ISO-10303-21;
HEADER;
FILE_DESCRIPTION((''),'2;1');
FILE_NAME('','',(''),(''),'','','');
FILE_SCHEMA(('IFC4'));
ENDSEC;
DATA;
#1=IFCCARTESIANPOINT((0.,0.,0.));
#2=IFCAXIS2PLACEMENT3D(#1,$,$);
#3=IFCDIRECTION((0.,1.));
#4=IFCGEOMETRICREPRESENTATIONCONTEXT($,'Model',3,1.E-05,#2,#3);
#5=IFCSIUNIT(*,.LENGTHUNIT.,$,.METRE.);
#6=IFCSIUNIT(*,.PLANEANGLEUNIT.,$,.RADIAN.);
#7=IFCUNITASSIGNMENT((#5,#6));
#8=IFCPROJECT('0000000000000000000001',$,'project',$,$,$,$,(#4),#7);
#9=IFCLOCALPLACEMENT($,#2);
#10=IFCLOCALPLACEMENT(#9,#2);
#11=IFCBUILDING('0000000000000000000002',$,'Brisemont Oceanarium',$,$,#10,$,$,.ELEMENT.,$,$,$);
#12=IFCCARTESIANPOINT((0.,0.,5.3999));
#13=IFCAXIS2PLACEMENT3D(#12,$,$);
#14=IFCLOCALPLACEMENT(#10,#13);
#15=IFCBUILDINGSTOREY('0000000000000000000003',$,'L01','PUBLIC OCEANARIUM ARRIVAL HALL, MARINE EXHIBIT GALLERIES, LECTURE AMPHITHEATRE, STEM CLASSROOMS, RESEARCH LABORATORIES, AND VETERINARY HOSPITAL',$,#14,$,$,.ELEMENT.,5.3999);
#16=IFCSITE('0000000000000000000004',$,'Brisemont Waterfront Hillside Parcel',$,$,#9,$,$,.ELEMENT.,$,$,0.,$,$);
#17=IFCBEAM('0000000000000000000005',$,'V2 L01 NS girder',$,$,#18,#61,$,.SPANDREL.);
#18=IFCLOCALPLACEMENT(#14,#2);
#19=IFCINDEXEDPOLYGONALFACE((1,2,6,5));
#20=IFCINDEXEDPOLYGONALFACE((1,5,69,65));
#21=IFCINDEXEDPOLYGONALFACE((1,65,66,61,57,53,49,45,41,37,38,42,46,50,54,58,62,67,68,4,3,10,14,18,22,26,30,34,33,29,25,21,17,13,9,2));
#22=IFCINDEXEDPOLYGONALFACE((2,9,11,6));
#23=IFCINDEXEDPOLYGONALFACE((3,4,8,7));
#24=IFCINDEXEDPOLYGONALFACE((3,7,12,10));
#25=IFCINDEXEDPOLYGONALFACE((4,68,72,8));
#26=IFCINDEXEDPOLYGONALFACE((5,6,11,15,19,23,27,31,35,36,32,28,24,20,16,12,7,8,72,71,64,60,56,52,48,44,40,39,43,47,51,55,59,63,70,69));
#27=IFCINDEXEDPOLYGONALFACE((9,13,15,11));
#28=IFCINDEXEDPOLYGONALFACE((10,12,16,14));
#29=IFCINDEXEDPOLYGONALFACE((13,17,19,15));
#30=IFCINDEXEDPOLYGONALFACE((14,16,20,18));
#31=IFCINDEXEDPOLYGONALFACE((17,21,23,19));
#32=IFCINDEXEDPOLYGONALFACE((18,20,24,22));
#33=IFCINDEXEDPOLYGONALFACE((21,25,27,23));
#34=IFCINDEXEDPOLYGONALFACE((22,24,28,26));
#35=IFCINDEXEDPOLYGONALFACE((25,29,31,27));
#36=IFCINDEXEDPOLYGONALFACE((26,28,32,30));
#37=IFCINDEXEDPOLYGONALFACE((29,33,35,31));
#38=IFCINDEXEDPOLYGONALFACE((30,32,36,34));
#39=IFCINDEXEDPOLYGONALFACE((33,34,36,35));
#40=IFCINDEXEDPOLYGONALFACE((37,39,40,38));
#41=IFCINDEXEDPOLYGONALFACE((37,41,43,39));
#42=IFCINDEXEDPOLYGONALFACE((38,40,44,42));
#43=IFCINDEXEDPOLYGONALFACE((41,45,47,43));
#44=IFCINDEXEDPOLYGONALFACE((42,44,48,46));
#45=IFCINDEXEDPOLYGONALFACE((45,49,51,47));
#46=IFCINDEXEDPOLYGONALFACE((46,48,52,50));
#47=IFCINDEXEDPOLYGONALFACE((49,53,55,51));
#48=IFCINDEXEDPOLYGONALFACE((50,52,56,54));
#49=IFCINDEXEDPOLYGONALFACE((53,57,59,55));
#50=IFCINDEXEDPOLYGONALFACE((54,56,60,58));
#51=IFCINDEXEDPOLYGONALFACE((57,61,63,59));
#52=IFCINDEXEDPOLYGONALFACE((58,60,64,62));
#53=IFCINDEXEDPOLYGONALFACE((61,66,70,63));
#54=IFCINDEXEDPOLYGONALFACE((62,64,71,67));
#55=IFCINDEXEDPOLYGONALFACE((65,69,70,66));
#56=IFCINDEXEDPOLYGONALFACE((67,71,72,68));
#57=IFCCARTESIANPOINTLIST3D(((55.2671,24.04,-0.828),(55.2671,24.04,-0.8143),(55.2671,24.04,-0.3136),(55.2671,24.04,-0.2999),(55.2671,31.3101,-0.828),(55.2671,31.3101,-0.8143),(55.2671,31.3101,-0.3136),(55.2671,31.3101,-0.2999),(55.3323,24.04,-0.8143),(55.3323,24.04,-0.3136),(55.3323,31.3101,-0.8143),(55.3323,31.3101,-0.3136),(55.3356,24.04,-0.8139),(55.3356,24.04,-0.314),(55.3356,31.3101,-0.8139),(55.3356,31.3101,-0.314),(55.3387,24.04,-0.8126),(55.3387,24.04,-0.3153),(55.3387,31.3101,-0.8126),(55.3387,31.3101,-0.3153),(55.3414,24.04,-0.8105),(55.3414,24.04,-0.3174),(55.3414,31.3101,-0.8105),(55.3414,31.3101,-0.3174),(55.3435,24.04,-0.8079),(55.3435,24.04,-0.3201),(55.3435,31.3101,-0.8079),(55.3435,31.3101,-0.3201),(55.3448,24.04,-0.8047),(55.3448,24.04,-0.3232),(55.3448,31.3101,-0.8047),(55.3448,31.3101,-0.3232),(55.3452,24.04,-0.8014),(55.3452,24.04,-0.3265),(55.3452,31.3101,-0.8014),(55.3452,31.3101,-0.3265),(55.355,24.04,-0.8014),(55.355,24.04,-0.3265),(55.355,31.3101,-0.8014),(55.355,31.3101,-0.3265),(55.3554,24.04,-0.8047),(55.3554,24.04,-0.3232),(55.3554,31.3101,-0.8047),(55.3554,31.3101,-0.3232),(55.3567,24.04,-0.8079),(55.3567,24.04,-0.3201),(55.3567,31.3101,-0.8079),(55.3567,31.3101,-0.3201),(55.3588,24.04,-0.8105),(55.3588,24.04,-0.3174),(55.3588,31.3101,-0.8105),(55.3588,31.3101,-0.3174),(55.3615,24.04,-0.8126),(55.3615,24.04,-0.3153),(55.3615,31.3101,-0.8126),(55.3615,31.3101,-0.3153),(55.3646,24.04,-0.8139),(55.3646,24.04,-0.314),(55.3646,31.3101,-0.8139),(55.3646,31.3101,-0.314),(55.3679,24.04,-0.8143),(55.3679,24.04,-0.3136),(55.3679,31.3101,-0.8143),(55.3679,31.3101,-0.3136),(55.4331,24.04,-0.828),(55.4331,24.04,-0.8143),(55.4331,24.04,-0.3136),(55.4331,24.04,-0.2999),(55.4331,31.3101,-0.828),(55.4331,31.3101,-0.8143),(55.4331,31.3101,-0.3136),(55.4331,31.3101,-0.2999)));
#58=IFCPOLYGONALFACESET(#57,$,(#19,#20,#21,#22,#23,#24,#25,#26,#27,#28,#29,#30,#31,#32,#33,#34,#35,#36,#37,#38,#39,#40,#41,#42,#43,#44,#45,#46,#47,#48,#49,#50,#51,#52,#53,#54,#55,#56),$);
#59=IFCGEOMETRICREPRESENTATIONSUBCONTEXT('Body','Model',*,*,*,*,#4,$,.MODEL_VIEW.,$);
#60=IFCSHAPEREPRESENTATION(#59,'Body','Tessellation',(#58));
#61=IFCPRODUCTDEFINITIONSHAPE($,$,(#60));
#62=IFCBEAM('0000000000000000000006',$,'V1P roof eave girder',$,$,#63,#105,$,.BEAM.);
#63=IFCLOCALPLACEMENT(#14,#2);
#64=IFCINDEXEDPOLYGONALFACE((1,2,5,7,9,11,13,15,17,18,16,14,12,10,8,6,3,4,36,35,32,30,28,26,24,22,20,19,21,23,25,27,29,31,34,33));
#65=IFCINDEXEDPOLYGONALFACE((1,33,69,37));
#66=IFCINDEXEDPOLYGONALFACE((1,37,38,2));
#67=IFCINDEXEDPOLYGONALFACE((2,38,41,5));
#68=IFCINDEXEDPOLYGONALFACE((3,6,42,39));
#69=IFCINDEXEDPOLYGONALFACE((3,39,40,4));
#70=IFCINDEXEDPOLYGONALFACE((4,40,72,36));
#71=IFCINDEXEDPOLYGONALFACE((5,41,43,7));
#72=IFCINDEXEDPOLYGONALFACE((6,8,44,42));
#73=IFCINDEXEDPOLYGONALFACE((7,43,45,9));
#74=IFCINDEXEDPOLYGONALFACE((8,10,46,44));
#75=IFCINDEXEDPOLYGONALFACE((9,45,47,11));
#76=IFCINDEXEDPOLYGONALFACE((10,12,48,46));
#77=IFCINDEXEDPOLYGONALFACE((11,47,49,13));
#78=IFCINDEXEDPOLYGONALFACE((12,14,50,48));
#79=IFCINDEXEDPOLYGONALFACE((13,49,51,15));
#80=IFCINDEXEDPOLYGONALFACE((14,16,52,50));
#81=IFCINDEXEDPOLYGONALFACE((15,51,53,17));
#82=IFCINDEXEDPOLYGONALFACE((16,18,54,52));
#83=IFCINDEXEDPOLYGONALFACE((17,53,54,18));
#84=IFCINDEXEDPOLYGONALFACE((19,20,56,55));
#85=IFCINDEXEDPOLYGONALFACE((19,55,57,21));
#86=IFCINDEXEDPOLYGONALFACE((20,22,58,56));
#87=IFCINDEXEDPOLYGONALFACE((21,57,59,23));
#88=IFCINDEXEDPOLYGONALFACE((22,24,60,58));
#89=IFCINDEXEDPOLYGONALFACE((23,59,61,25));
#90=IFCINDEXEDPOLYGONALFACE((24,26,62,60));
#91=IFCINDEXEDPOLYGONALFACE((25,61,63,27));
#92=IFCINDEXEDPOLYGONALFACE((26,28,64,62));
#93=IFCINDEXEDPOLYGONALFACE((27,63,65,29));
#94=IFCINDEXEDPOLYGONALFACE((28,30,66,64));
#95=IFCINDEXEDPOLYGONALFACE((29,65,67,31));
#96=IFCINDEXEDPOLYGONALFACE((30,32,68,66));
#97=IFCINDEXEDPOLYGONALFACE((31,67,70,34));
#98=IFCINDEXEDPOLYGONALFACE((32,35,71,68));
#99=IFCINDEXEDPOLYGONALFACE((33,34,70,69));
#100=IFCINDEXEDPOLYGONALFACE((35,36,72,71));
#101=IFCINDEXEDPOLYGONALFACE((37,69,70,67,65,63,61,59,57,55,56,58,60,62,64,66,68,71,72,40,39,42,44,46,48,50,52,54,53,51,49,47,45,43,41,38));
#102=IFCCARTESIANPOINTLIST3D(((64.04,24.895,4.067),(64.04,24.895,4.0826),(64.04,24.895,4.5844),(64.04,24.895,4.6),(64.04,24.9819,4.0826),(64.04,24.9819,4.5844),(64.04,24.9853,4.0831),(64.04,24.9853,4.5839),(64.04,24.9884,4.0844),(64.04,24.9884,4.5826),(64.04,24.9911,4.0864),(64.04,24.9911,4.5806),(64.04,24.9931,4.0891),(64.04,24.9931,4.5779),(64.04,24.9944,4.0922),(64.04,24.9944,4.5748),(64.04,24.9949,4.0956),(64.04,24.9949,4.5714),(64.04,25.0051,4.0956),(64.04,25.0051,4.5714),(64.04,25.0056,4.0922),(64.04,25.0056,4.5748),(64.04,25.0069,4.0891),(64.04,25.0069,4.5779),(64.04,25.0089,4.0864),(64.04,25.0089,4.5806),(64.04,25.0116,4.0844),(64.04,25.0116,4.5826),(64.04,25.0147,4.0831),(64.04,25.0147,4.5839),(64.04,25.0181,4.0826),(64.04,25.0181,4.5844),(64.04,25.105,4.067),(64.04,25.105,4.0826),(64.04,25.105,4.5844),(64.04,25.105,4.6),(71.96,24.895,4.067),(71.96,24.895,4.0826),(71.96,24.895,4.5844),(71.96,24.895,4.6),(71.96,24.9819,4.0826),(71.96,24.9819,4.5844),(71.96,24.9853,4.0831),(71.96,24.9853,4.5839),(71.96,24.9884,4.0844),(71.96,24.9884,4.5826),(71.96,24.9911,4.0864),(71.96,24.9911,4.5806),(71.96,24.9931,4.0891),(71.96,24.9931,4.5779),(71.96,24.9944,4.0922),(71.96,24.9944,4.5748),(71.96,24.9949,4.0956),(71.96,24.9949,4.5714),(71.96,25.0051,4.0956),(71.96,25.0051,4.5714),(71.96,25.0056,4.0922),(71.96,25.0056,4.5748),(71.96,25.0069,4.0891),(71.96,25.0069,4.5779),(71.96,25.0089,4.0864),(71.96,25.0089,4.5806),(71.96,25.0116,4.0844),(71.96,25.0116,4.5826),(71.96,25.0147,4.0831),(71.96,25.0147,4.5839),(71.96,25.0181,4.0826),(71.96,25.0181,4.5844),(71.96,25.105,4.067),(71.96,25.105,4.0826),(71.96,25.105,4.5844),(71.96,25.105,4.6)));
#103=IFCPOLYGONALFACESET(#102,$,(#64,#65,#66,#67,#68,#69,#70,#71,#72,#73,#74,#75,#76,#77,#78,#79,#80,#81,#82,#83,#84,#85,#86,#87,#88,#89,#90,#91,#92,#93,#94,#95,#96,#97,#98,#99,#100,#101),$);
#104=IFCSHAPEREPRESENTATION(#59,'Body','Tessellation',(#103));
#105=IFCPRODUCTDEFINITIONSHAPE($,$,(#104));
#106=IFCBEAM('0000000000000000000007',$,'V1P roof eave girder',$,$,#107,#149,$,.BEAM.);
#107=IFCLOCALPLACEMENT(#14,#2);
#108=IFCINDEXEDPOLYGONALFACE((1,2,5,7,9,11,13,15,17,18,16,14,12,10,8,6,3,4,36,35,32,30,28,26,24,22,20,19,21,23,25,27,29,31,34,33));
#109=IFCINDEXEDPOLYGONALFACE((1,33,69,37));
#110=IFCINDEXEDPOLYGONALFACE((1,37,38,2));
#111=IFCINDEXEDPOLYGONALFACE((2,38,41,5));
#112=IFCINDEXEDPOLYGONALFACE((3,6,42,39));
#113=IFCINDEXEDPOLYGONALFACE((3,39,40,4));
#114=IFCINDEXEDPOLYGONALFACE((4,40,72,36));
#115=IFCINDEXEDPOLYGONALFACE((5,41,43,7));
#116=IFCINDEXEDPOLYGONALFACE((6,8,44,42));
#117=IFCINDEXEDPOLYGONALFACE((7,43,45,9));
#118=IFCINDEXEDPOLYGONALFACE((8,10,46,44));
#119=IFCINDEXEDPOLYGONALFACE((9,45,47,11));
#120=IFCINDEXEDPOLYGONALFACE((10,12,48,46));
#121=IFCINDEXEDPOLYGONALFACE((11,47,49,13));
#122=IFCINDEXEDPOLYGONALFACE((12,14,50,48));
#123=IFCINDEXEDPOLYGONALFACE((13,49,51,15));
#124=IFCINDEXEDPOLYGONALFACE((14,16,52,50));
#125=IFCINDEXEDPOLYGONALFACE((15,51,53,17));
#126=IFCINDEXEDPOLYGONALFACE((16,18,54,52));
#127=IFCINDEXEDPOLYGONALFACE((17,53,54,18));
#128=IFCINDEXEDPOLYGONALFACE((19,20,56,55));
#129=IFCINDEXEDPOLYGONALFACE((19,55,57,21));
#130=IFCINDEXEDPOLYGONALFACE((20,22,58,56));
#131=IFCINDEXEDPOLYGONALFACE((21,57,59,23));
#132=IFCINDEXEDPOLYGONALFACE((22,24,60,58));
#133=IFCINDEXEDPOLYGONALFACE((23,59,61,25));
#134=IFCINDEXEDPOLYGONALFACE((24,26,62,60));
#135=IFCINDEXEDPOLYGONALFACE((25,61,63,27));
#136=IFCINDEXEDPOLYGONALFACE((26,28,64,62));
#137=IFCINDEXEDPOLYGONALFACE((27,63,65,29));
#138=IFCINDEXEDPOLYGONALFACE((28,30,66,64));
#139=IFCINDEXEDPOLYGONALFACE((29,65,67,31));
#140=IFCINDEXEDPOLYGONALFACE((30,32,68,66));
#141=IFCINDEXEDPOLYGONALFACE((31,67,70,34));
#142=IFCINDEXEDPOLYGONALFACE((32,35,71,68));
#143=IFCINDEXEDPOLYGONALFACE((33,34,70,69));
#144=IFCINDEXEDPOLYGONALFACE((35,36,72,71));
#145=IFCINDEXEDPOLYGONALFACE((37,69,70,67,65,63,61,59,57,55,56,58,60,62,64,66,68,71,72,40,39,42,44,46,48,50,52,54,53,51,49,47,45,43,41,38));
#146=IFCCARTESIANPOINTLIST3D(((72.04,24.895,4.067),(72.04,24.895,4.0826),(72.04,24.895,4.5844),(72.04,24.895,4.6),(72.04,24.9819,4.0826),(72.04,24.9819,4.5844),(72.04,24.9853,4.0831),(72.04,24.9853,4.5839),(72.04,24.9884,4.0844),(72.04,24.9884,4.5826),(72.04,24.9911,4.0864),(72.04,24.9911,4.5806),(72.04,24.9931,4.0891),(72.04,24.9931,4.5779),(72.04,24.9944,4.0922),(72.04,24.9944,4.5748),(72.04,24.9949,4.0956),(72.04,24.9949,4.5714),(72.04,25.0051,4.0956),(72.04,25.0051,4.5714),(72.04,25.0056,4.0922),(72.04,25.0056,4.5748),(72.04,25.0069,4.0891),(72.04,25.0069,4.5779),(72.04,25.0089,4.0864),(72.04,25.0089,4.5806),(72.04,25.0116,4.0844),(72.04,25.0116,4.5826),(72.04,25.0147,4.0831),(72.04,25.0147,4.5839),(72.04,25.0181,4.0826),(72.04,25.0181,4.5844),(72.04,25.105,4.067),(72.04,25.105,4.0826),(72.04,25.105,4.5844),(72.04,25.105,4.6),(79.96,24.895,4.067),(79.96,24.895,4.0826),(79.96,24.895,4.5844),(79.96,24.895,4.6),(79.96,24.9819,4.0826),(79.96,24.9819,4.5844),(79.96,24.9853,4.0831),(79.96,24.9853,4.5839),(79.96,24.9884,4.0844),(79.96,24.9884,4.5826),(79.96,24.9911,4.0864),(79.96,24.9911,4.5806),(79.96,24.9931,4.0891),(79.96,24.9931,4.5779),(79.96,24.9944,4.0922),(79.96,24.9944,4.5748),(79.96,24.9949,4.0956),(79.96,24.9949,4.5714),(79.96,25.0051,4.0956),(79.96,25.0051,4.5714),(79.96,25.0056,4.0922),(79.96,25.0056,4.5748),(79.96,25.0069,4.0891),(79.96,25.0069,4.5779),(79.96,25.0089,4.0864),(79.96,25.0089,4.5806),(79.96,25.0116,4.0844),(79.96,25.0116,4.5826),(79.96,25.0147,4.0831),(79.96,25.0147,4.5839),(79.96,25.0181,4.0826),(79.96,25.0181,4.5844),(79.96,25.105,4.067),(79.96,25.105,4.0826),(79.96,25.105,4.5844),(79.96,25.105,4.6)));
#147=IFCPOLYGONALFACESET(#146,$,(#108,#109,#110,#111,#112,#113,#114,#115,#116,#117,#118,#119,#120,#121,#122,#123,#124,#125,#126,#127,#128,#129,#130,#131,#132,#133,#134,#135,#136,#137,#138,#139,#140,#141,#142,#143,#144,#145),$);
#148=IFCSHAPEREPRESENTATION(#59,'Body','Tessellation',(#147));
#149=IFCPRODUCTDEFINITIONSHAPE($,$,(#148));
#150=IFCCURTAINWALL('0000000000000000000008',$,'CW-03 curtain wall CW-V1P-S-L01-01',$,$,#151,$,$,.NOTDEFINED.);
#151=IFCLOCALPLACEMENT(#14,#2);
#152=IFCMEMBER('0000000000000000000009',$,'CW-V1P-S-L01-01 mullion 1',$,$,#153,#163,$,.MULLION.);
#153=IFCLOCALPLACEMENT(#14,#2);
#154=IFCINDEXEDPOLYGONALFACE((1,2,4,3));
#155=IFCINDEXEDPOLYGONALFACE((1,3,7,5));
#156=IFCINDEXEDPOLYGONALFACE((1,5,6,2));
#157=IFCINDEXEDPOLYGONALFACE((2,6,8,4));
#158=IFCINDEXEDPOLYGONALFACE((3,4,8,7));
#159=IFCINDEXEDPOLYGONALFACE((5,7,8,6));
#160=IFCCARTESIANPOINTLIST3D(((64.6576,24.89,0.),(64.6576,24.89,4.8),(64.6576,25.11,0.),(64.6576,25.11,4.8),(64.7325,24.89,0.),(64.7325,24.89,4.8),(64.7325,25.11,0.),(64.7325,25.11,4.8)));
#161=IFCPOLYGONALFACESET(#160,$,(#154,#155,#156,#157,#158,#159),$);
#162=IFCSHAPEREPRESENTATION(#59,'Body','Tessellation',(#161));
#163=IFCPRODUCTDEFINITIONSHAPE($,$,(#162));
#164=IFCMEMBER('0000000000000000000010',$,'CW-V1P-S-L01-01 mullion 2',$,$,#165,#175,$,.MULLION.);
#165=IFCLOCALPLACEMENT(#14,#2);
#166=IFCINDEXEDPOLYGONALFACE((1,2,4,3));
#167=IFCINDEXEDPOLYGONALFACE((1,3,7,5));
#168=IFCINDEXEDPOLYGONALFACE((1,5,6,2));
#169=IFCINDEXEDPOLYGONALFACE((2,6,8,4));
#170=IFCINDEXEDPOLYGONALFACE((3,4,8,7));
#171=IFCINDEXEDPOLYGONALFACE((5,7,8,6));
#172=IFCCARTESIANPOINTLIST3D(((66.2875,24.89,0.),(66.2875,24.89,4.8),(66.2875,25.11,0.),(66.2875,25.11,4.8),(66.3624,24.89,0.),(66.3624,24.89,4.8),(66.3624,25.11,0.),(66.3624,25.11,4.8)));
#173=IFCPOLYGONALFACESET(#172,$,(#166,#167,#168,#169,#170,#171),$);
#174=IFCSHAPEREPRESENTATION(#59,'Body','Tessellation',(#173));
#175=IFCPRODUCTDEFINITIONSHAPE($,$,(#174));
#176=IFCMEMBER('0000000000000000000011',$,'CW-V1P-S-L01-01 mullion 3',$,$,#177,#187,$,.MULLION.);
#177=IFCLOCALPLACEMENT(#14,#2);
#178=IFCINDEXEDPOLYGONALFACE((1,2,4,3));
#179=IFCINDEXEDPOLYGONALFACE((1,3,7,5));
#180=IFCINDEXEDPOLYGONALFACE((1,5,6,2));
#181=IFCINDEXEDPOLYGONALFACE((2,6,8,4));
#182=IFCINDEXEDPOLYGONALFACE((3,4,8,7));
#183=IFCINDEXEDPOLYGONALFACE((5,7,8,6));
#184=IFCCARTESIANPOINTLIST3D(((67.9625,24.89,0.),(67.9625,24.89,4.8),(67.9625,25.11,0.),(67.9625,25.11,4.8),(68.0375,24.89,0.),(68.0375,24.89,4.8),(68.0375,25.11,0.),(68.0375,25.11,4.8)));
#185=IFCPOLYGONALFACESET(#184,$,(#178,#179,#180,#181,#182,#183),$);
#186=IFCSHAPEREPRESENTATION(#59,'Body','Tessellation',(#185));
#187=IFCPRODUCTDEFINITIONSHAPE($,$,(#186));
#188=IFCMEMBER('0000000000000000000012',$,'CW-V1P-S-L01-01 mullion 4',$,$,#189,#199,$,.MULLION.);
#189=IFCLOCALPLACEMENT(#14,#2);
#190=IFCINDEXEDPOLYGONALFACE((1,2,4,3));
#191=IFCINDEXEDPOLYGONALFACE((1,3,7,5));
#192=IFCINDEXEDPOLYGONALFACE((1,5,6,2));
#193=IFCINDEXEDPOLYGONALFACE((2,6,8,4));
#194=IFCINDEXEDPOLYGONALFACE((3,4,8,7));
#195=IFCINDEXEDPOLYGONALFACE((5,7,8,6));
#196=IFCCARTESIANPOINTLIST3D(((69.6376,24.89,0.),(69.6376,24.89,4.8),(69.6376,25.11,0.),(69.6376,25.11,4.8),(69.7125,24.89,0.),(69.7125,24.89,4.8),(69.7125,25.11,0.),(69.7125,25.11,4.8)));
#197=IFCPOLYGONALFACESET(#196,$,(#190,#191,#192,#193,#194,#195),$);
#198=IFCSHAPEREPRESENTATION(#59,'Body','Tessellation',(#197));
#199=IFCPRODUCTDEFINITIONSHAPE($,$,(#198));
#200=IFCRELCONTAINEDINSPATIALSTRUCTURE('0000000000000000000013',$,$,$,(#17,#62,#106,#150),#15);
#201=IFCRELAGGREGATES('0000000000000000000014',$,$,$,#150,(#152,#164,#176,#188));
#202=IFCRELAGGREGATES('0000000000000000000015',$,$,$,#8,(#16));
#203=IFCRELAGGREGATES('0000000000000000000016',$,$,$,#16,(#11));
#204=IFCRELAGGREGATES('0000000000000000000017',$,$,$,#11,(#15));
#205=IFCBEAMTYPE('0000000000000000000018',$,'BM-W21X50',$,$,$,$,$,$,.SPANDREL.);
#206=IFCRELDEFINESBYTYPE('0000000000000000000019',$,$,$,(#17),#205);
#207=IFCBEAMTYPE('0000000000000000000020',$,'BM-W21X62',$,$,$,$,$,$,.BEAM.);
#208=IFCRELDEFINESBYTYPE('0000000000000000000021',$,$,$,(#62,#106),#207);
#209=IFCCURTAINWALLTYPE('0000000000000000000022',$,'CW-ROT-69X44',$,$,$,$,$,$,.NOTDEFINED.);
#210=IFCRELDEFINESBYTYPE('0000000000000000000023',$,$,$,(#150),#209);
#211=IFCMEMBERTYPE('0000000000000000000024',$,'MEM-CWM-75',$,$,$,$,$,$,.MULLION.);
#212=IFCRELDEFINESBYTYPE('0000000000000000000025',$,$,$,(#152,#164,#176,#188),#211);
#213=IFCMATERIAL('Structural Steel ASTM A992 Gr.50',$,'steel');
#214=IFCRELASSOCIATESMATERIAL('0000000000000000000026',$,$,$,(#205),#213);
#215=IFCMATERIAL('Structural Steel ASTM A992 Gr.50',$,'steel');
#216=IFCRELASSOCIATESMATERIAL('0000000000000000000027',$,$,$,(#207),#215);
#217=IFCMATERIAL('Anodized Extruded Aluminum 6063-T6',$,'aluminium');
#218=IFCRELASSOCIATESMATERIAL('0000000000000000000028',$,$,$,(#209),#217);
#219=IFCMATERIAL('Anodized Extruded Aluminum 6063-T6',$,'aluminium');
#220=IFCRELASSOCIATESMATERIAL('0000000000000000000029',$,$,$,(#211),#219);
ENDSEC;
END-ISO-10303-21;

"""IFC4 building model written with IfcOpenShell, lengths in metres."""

from ifc_helpers import new_model, si_unit, direction, frame, origin, origin_2d, place, context, subcontext, project, spatial, rectangle, i_section, extrude, material, material_profile, profile_set, type_object, element, aggregate, save


model = new_model("IFC4")

# Units and contexts
model_context = context("Model", 3, precision=1e-05, world=origin(), true_north=direction((0.0, 1.0)))
body_context = subcontext(model_context, "Body", "Model", "MODEL_VIEW")
ifc_project = project(units=[si_unit("LENGTHUNIT", "METRE"), si_unit("PLANEANGLEUNIT", "RADIAN")], contexts=[model_context])

# Site, building, storey
site_placement = place(None, origin())
site = spatial("IfcSite", under=ifc_project, at=site_placement, Name="Brisemont Waterfront Hillside Parcel", CompositionType="ELEMENT", RefElevation=0.0)
building_placement = place(site_placement, origin())
building = spatial("IfcBuilding", under=site, at=building_placement, Name="Brisemont Oceanarium", CompositionType="ELEMENT")
storey_placement = place(building_placement, frame((0.0, 0.0, 5.3999)))
storey = spatial("IfcBuildingStorey", under=building, at=storey_placement, Name="L01", Description="PUBLIC OCEANARIUM ARRIVAL HALL, MARINE EXHIBIT GALLERIES, LECTURE AMPHITHEATRE, STEM CLASSROOMS, RESEARCH LABORATORIES, AND VETERINARY HOSPITAL", CompositionType="ELEMENT", Elevation=5.3999)

# Beams
ifc_material_1 = material(Name="Structural Steel ASTM A992 Gr.50", Category="steel")
ifc_material_profile_1 = material_profile(ifc_material_1, i_section(OverallWidth=0.166, OverallDepth=0.5281, WebThickness=0.0098, FlangeThickness=0.0137, FilletRadius=0.0129, at=origin_2d()), Name="W21X50")
ifc_profile_set_1 = profile_set([ifc_material_profile_1], Name="Structural Steel ASTM A992 Gr.50")
beam_type_1 = type_object("IfcBeamType", Name="BM-W21X50", PredefinedType="SPANDREL", material=ifc_profile_set_1)
beam_1_placement = place(storey_placement, frame((55.3501, 24.04, -0.564), z_axis=(0.0, 1.0, 0.0), x_axis=(-1.0, 0.0, 0.0)))
element("IfcBeam", 1, at=beam_1_placement, inside=storey, type_object=beam_type_1, Name="V2 L01 NS girder", PredefinedType="SPANDREL", context=body_context, shape_type="SweptSolid", body=[
    extrude(i_section(OverallWidth=0.166, OverallDepth=0.5281, WebThickness=0.0098, FlangeThickness=0.0137, FilletRadius=0.0129, at=origin_2d()), origin(), (0.0, 0.0, 1.0), 7.27),
])
ifc_material_2 = material(Name="Structural Steel ASTM A992 Gr.50", Category="steel")
ifc_material_profile_2 = material_profile(ifc_material_2, i_section(OverallWidth=0.21, OverallDepth=0.533, WebThickness=0.0103, FlangeThickness=0.0156, FilletRadius=0.0129, at=origin_2d()), Name="W21X62")
ifc_profile_set_2 = profile_set([ifc_material_profile_2], Name="Structural Steel ASTM A992 Gr.50")
beam_type_2 = type_object("IfcBeamType", Name="BM-W21X62", PredefinedType="BEAM", material=ifc_profile_set_2)
for number, where, z_axis, x_axis, name in (
    (2, (64.04, 25.0, 4.3335), (1.0, 0.0, 0.0), (0.0, 1.0, 0.0), "V1P roof eave girder"),
    (3, (72.04, 25.0, 4.3335), (1.0, 0.0, 0.0), (0.0, 1.0, 0.0), "V1P roof eave girder"),
):
    element("IfcBeam", number, at=place(storey_placement, frame(where, z_axis=z_axis, x_axis=x_axis)), inside=storey, type_object=beam_type_2, Name=name, PredefinedType="BEAM", context=body_context, shape_type="SweptSolid", body=[
        extrude(i_section(OverallWidth=0.21, OverallDepth=0.533, WebThickness=0.0103, FlangeThickness=0.0156, FilletRadius=0.0129, at=origin_2d()), origin(), (0.0, 0.0, 1.0), 7.9199),
    ])

# Curtain wall, members
ifc_material_3 = material(Name="Anodized Extruded Aluminum 6063-T6", Category="aluminium")
curtain_wall_type_1 = type_object("IfcCurtainWallType", Name="CW-ROT-69X44", PredefinedType="NOTDEFINED", material=ifc_material_3)
curtain_wall_1_placement = place(storey_placement, origin())
curtain_wall_1 = element("IfcCurtainWall", 4, at=curtain_wall_1_placement, inside=storey, type_object=curtain_wall_type_1, Name="CW-03 curtain wall CW-V1P-S-L01-01", PredefinedType="NOTDEFINED")
ifc_material_4 = material(Name="Anodized Extruded Aluminum 6063-T6", Category="aluminium")
ifc_material_profile_3 = material_profile(ifc_material_4, rectangle(XDim=0.075, YDim=0.22, at=origin_2d()), Name="CWM-75X220")
ifc_profile_set_3 = profile_set([ifc_material_profile_3], Name="Anodized Extruded Aluminum 6063-T6")
member_type_1 = type_object("IfcMemberType", Name="MEM-CWM-75", PredefinedType="MULLION", material=ifc_profile_set_3)
member_1_placement = place(storey_placement, frame((64.6951, 25.0, 0.0), z_axis=(0.0, 0.0, 1.0), x_axis=(1.0, 0.0, 0.0)))
member_1 = element("IfcMember", 5, at=member_1_placement, type_object=member_type_1, Name="CW-V1P-S-L01-01 mullion 1", PredefinedType="MULLION", context=body_context, shape_type="SweptSolid", body=[
    extrude(rectangle(XDim=0.075, YDim=0.22, at=origin_2d()), origin(), (0.0, 0.0, 1.0), 4.8),
])
member_2_placement = place(storey_placement, frame((66.325, 25.0, 0.0), z_axis=(0.0, 0.0, 1.0), x_axis=(1.0, 0.0, 0.0)))
member_2 = element("IfcMember", 6, at=member_2_placement, type_object=member_type_1, Name="CW-V1P-S-L01-01 mullion 2", PredefinedType="MULLION", context=body_context, shape_type="SweptSolid", body=[
    extrude(rectangle(XDim=0.075, YDim=0.22, at=origin_2d()), origin(), (0.0, 0.0, 1.0), 4.8),
])
member_3_placement = place(storey_placement, frame((68.0, 25.0, 0.0), z_axis=(0.0, 0.0, 1.0), x_axis=(1.0, 0.0, 0.0)))
member_3 = element("IfcMember", 7, at=member_3_placement, type_object=member_type_1, Name="CW-V1P-S-L01-01 mullion 3", PredefinedType="MULLION", context=body_context, shape_type="SweptSolid", body=[
    extrude(rectangle(XDim=0.075, YDim=0.22, at=origin_2d()), origin(), (0.0, 0.0, 1.0), 4.8),
])
member_4_placement = place(storey_placement, frame((69.675, 25.0, 0.0), z_axis=(0.0, 0.0, 1.0), x_axis=(1.0, 0.0, 0.0)))
member_4 = element("IfcMember", 8, at=member_4_placement, type_object=member_type_1, Name="CW-V1P-S-L01-01 mullion 4", PredefinedType="MULLION", context=body_context, shape_type="SweptSolid", body=[
    extrude(rectangle(XDim=0.075, YDim=0.22, at=origin_2d()), origin(), (0.0, 0.0, 1.0), 4.8),
])

aggregate(curtain_wall_1, [member_1, member_2, member_3, member_4])

save(model, "model.ifc")
